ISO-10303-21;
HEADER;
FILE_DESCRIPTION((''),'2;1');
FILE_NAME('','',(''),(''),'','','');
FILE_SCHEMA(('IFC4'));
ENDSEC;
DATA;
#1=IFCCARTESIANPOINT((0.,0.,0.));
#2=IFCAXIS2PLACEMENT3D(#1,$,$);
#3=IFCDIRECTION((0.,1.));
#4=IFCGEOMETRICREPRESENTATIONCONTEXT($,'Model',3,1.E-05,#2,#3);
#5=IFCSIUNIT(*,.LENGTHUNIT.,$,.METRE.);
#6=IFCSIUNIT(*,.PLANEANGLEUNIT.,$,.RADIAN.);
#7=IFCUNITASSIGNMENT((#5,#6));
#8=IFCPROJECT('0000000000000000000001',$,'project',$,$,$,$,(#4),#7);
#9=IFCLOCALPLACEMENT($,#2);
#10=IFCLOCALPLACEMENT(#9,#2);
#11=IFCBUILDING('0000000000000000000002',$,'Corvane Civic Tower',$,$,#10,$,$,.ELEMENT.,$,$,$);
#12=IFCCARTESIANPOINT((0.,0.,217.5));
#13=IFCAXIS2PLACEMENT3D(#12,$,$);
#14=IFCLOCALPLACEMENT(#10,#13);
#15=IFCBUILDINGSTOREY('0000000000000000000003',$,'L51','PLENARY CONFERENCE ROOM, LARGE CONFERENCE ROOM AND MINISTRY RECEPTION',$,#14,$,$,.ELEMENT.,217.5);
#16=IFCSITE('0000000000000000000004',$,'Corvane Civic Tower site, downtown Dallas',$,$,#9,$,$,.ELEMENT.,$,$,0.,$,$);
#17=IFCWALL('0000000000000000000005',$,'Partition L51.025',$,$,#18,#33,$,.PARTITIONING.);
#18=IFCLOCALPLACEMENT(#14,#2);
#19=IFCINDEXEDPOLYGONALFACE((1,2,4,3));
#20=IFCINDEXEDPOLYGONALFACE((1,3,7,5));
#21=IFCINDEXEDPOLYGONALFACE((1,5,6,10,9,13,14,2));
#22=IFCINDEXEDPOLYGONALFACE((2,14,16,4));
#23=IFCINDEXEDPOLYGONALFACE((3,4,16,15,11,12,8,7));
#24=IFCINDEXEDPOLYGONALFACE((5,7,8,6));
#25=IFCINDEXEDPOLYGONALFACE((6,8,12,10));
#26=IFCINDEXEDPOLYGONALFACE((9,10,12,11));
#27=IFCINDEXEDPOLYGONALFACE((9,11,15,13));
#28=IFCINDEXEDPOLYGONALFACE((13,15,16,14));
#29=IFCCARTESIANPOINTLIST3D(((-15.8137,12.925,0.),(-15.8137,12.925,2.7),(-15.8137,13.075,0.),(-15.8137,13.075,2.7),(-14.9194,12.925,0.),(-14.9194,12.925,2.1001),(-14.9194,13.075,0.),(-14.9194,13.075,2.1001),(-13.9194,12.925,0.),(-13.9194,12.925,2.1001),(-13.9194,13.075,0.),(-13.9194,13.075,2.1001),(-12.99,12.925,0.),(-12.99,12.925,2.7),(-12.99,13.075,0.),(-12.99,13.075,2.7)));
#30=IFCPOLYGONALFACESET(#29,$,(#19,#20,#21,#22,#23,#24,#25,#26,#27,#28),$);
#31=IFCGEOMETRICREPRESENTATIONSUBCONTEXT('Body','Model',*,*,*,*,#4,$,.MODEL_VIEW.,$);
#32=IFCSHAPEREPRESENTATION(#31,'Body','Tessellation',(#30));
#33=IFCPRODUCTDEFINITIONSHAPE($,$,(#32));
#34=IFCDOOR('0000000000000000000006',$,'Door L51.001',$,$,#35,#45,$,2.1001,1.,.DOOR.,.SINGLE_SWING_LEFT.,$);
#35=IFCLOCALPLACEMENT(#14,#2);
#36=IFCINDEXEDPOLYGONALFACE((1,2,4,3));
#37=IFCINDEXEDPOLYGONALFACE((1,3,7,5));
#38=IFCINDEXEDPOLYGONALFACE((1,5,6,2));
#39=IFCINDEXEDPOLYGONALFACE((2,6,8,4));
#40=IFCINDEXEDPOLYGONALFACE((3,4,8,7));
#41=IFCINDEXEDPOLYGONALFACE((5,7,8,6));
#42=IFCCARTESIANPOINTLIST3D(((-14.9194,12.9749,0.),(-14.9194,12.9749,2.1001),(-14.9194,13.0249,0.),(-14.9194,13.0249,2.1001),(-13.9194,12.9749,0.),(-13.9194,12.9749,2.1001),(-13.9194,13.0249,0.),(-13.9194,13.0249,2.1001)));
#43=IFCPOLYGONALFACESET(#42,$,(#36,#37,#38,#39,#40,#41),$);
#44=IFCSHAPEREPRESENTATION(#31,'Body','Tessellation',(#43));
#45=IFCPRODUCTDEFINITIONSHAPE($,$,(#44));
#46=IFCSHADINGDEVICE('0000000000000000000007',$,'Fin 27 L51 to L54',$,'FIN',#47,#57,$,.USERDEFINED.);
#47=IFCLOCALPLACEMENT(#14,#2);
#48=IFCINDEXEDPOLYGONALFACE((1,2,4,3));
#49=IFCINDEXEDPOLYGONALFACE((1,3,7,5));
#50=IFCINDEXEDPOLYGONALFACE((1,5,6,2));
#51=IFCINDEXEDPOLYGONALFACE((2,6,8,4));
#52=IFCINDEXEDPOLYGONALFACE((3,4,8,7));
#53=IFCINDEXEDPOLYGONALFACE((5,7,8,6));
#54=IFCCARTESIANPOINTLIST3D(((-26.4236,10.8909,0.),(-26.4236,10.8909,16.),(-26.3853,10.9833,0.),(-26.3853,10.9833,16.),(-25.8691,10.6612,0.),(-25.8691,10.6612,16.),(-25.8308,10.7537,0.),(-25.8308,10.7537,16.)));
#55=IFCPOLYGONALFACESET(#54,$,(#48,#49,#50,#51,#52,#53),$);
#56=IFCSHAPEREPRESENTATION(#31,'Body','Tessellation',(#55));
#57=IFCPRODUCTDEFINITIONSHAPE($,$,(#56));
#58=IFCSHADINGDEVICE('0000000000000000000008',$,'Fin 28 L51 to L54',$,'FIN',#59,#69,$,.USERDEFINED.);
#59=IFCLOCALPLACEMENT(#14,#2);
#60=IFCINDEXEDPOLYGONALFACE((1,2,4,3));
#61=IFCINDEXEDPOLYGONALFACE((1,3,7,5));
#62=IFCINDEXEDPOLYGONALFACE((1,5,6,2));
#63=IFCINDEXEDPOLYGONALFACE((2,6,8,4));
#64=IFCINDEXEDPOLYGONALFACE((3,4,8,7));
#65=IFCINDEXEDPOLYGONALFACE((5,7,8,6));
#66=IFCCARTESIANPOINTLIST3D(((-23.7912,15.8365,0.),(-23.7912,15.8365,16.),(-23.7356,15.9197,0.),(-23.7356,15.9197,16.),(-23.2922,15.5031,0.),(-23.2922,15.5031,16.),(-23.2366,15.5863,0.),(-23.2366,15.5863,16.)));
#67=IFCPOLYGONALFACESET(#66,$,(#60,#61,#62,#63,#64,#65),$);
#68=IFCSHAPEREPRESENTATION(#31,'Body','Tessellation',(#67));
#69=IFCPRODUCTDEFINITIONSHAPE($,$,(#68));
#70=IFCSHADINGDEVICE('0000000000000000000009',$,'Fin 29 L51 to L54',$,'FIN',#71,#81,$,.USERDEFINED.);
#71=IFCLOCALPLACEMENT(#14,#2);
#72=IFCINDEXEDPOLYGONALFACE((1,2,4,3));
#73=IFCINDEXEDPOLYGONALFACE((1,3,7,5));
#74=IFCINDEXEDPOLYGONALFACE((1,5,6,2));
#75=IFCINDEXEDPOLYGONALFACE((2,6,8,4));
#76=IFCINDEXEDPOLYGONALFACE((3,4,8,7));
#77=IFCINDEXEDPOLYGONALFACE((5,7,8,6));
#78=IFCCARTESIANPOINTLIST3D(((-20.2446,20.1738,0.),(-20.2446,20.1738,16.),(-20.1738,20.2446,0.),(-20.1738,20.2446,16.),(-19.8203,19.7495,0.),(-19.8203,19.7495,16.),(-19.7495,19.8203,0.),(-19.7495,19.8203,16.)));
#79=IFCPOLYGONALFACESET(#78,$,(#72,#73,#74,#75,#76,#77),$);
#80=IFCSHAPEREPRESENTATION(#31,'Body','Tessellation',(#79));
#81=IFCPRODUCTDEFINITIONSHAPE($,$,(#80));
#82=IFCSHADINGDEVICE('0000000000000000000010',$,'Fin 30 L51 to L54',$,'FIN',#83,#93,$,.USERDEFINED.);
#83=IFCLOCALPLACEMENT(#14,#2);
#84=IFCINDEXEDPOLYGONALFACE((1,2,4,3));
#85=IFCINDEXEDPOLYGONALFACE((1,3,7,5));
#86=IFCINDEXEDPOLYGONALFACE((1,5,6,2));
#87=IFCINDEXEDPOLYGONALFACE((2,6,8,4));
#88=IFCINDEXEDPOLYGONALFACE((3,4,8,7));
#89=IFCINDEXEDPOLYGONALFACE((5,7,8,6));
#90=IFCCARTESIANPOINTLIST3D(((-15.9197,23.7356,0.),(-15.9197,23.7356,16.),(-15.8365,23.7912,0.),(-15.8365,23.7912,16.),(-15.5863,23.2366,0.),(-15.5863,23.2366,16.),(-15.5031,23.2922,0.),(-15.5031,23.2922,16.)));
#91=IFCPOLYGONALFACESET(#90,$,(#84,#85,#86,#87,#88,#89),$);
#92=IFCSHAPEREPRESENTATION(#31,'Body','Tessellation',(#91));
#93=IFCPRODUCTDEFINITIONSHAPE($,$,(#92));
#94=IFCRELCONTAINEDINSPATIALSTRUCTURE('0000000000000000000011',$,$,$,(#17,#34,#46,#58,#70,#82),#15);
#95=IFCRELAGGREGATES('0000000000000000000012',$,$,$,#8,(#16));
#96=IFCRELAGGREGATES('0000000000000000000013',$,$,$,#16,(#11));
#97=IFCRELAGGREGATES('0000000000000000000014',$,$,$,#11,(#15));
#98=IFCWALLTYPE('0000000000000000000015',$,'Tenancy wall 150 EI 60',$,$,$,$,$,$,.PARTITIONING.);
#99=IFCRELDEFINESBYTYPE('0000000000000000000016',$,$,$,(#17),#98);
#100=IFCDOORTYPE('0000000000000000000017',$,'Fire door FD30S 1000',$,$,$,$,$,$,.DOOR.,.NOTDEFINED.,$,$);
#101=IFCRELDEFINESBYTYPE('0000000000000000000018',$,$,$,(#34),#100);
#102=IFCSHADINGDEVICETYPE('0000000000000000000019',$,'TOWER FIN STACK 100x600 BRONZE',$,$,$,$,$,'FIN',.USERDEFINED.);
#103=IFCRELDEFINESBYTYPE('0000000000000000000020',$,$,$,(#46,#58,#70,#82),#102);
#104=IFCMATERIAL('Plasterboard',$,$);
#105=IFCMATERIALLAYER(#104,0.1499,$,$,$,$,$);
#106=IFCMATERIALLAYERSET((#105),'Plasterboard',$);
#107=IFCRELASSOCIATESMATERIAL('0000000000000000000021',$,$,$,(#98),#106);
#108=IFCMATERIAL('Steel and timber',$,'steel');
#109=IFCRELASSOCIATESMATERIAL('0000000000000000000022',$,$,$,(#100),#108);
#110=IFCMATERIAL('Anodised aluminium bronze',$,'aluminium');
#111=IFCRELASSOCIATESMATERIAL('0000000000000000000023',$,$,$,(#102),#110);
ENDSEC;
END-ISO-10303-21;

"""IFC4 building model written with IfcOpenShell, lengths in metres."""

from ifc_helpers import new_model, si_unit, direction, frame, frame_2d, origin, origin_2d, place, context, subcontext, project, spatial, rectangle, extrude, material, layer, layer_set, material_profile, profile_set, type_object, element, fill, save


model = new_model("IFC4")

# Units and contexts
model_context = context("Model", 3, precision=1e-05, world=origin(), true_north=direction((0.0, 1.0)))
body_context = subcontext(model_context, "Body", "Model", "MODEL_VIEW")
ifc_project = project(units=[si_unit("LENGTHUNIT", "METRE"), si_unit("PLANEANGLEUNIT", "RADIAN")], contexts=[model_context])

# Site, building, storey
site_placement = place(None, origin())
site = spatial("IfcSite", under=ifc_project, at=site_placement, Name="Corvane Civic Tower site, downtown Dallas", CompositionType="ELEMENT", RefElevation=0.0)
building_placement = place(site_placement, origin())
building = spatial("IfcBuilding", under=site, at=building_placement, Name="Corvane Civic Tower", CompositionType="ELEMENT")
storey_placement = place(building_placement, frame((0.0, 0.0, 217.5)))
storey = spatial("IfcBuildingStorey", under=building, at=storey_placement, Name="L51", Description="PLENARY CONFERENCE ROOM, LARGE CONFERENCE ROOM AND MINISTRY RECEPTION", CompositionType="ELEMENT", Elevation=217.5)

# Wall, opening, door
ifc_material_1 = material(Name="Plasterboard")
ifc_layer_1 = layer(ifc_material_1, 0.1499)
ifc_layer_set_1 = layer_set([ifc_layer_1], Name="Plasterboard")
wall_type_1 = type_object("IfcWallType", Name="Tenancy wall 150 EI 60", PredefinedType="PARTITIONING", material=ifc_layer_set_1)
wall_1_placement = place(storey_placement, frame((-15.8137, 13.0, 0.0), z_axis=(0.0, 0.0, 1.0), x_axis=(1.0, 0.0, 0.0)))
wall_1 = element("IfcWall", 1, at=wall_1_placement, inside=storey, type_object=wall_type_1, Name="Partition L51.025", PredefinedType="PARTITIONING", context=body_context, shape_type="SweptSolid", body=[
    extrude(rectangle(XDim=2.8237, YDim=0.1499, at=frame_2d((1.4119, 0.0))), origin(), (0.0, 0.0, 1.0), 2.7),
])
opening_placement = place(wall_1_placement, frame((0.8943, 0.0, 0.0)))
opening = element("IfcOpeningElement", 2, at=opening_placement, cuts=wall_1, PredefinedType="OPENING", context=body_context, shape_type="SweptSolid", body=[
    extrude(rectangle(XDim=1.0, YDim=2.1001, at=frame_2d((0.5, 1.05))), frame((0.0, 0.085, 0.0), z_axis=(0.0, -1.0, 0.0), x_axis=(1.0, 0.0, 0.0)), (0.0, 0.0, 1.0), 0.1699),
])
ifc_material_2 = material(Name="Steel and timber", Category="steel")
door_type = type_object("IfcDoorType", Name="Fire door FD30S 1000", OperationType="NOTDEFINED", PredefinedType="DOOR", material=ifc_material_2)
door_placement = place(opening_placement, origin())
door = element("IfcDoor", 3, at=door_placement, inside=storey, type_object=door_type, Name="Door L51.001", OperationType="SINGLE_SWING_LEFT", OverallHeight=2.1001, OverallWidth=1.0, PredefinedType="DOOR", context=body_context, shape_type="SweptSolid", body=[
    extrude(rectangle(XDim=1.0, YDim=2.1001, at=frame_2d((0.5, 1.05))), frame((0.0, 0.0249, 0.0), z_axis=(0.0, -1.0, 0.0), x_axis=(1.0, 0.0, 0.0)), (0.0, 0.0, 1.0), 0.05),
])
fill(opening, door)

# Shading devices
ifc_material_3 = material(Name="Anodised aluminium bronze", Category="aluminium")
ifc_material_profile_1 = material_profile(ifc_material_3, rectangle(XDim=0.1001, YDim=0.6001, at=origin_2d()), Name="TOWER FIN STACK 100x600 BRONZE")
ifc_profile_set_1 = profile_set([ifc_material_profile_1], Name="Anodised aluminium bronze")
shading_device_type = type_object("IfcShadingDeviceType", Name="TOWER FIN STACK 100x600 BRONZE", ElementType="FIN", PredefinedType="USERDEFINED", material=ifc_profile_set_1)
for number, where, z_axis, x_axis, name in (
    (4, (-26.1272, 10.8223, 0.0), (0.0, 0.0, 1.0), (0.382683, 0.92388, 0.0), "Fin 27 L51 to L54"),
    (5, (-23.5139, 15.7114, 0.0), (0.0, 0.0, 1.0), (0.55557, 0.83147, 0.0), "Fin 28 L51 to L54"),
    (6, (-19.9971, 19.9971, 0.0), (0.0, 0.0, 1.0), (0.707107, 0.707107, 0.0), "Fin 29 L51 to L54"),
    (7, (-15.7114, 23.5139, 0.0), (0.0, 0.0, 1.0), (0.83147, 0.55557, 0.0), "Fin 30 L51 to L54"),
):
    element("IfcShadingDevice", number, at=place(storey_placement, frame(where, z_axis=z_axis, x_axis=x_axis)), inside=storey, type_object=shading_device_type, Name=name, ObjectType="FIN", PredefinedType="USERDEFINED", context=body_context, shape_type="SweptSolid", body=[
        extrude(rectangle(XDim=0.1001, YDim=0.6001, at=origin_2d()), origin(), (0.0, 0.0, 1.0), 16.0),
    ])

save(model, "model.ifc")
